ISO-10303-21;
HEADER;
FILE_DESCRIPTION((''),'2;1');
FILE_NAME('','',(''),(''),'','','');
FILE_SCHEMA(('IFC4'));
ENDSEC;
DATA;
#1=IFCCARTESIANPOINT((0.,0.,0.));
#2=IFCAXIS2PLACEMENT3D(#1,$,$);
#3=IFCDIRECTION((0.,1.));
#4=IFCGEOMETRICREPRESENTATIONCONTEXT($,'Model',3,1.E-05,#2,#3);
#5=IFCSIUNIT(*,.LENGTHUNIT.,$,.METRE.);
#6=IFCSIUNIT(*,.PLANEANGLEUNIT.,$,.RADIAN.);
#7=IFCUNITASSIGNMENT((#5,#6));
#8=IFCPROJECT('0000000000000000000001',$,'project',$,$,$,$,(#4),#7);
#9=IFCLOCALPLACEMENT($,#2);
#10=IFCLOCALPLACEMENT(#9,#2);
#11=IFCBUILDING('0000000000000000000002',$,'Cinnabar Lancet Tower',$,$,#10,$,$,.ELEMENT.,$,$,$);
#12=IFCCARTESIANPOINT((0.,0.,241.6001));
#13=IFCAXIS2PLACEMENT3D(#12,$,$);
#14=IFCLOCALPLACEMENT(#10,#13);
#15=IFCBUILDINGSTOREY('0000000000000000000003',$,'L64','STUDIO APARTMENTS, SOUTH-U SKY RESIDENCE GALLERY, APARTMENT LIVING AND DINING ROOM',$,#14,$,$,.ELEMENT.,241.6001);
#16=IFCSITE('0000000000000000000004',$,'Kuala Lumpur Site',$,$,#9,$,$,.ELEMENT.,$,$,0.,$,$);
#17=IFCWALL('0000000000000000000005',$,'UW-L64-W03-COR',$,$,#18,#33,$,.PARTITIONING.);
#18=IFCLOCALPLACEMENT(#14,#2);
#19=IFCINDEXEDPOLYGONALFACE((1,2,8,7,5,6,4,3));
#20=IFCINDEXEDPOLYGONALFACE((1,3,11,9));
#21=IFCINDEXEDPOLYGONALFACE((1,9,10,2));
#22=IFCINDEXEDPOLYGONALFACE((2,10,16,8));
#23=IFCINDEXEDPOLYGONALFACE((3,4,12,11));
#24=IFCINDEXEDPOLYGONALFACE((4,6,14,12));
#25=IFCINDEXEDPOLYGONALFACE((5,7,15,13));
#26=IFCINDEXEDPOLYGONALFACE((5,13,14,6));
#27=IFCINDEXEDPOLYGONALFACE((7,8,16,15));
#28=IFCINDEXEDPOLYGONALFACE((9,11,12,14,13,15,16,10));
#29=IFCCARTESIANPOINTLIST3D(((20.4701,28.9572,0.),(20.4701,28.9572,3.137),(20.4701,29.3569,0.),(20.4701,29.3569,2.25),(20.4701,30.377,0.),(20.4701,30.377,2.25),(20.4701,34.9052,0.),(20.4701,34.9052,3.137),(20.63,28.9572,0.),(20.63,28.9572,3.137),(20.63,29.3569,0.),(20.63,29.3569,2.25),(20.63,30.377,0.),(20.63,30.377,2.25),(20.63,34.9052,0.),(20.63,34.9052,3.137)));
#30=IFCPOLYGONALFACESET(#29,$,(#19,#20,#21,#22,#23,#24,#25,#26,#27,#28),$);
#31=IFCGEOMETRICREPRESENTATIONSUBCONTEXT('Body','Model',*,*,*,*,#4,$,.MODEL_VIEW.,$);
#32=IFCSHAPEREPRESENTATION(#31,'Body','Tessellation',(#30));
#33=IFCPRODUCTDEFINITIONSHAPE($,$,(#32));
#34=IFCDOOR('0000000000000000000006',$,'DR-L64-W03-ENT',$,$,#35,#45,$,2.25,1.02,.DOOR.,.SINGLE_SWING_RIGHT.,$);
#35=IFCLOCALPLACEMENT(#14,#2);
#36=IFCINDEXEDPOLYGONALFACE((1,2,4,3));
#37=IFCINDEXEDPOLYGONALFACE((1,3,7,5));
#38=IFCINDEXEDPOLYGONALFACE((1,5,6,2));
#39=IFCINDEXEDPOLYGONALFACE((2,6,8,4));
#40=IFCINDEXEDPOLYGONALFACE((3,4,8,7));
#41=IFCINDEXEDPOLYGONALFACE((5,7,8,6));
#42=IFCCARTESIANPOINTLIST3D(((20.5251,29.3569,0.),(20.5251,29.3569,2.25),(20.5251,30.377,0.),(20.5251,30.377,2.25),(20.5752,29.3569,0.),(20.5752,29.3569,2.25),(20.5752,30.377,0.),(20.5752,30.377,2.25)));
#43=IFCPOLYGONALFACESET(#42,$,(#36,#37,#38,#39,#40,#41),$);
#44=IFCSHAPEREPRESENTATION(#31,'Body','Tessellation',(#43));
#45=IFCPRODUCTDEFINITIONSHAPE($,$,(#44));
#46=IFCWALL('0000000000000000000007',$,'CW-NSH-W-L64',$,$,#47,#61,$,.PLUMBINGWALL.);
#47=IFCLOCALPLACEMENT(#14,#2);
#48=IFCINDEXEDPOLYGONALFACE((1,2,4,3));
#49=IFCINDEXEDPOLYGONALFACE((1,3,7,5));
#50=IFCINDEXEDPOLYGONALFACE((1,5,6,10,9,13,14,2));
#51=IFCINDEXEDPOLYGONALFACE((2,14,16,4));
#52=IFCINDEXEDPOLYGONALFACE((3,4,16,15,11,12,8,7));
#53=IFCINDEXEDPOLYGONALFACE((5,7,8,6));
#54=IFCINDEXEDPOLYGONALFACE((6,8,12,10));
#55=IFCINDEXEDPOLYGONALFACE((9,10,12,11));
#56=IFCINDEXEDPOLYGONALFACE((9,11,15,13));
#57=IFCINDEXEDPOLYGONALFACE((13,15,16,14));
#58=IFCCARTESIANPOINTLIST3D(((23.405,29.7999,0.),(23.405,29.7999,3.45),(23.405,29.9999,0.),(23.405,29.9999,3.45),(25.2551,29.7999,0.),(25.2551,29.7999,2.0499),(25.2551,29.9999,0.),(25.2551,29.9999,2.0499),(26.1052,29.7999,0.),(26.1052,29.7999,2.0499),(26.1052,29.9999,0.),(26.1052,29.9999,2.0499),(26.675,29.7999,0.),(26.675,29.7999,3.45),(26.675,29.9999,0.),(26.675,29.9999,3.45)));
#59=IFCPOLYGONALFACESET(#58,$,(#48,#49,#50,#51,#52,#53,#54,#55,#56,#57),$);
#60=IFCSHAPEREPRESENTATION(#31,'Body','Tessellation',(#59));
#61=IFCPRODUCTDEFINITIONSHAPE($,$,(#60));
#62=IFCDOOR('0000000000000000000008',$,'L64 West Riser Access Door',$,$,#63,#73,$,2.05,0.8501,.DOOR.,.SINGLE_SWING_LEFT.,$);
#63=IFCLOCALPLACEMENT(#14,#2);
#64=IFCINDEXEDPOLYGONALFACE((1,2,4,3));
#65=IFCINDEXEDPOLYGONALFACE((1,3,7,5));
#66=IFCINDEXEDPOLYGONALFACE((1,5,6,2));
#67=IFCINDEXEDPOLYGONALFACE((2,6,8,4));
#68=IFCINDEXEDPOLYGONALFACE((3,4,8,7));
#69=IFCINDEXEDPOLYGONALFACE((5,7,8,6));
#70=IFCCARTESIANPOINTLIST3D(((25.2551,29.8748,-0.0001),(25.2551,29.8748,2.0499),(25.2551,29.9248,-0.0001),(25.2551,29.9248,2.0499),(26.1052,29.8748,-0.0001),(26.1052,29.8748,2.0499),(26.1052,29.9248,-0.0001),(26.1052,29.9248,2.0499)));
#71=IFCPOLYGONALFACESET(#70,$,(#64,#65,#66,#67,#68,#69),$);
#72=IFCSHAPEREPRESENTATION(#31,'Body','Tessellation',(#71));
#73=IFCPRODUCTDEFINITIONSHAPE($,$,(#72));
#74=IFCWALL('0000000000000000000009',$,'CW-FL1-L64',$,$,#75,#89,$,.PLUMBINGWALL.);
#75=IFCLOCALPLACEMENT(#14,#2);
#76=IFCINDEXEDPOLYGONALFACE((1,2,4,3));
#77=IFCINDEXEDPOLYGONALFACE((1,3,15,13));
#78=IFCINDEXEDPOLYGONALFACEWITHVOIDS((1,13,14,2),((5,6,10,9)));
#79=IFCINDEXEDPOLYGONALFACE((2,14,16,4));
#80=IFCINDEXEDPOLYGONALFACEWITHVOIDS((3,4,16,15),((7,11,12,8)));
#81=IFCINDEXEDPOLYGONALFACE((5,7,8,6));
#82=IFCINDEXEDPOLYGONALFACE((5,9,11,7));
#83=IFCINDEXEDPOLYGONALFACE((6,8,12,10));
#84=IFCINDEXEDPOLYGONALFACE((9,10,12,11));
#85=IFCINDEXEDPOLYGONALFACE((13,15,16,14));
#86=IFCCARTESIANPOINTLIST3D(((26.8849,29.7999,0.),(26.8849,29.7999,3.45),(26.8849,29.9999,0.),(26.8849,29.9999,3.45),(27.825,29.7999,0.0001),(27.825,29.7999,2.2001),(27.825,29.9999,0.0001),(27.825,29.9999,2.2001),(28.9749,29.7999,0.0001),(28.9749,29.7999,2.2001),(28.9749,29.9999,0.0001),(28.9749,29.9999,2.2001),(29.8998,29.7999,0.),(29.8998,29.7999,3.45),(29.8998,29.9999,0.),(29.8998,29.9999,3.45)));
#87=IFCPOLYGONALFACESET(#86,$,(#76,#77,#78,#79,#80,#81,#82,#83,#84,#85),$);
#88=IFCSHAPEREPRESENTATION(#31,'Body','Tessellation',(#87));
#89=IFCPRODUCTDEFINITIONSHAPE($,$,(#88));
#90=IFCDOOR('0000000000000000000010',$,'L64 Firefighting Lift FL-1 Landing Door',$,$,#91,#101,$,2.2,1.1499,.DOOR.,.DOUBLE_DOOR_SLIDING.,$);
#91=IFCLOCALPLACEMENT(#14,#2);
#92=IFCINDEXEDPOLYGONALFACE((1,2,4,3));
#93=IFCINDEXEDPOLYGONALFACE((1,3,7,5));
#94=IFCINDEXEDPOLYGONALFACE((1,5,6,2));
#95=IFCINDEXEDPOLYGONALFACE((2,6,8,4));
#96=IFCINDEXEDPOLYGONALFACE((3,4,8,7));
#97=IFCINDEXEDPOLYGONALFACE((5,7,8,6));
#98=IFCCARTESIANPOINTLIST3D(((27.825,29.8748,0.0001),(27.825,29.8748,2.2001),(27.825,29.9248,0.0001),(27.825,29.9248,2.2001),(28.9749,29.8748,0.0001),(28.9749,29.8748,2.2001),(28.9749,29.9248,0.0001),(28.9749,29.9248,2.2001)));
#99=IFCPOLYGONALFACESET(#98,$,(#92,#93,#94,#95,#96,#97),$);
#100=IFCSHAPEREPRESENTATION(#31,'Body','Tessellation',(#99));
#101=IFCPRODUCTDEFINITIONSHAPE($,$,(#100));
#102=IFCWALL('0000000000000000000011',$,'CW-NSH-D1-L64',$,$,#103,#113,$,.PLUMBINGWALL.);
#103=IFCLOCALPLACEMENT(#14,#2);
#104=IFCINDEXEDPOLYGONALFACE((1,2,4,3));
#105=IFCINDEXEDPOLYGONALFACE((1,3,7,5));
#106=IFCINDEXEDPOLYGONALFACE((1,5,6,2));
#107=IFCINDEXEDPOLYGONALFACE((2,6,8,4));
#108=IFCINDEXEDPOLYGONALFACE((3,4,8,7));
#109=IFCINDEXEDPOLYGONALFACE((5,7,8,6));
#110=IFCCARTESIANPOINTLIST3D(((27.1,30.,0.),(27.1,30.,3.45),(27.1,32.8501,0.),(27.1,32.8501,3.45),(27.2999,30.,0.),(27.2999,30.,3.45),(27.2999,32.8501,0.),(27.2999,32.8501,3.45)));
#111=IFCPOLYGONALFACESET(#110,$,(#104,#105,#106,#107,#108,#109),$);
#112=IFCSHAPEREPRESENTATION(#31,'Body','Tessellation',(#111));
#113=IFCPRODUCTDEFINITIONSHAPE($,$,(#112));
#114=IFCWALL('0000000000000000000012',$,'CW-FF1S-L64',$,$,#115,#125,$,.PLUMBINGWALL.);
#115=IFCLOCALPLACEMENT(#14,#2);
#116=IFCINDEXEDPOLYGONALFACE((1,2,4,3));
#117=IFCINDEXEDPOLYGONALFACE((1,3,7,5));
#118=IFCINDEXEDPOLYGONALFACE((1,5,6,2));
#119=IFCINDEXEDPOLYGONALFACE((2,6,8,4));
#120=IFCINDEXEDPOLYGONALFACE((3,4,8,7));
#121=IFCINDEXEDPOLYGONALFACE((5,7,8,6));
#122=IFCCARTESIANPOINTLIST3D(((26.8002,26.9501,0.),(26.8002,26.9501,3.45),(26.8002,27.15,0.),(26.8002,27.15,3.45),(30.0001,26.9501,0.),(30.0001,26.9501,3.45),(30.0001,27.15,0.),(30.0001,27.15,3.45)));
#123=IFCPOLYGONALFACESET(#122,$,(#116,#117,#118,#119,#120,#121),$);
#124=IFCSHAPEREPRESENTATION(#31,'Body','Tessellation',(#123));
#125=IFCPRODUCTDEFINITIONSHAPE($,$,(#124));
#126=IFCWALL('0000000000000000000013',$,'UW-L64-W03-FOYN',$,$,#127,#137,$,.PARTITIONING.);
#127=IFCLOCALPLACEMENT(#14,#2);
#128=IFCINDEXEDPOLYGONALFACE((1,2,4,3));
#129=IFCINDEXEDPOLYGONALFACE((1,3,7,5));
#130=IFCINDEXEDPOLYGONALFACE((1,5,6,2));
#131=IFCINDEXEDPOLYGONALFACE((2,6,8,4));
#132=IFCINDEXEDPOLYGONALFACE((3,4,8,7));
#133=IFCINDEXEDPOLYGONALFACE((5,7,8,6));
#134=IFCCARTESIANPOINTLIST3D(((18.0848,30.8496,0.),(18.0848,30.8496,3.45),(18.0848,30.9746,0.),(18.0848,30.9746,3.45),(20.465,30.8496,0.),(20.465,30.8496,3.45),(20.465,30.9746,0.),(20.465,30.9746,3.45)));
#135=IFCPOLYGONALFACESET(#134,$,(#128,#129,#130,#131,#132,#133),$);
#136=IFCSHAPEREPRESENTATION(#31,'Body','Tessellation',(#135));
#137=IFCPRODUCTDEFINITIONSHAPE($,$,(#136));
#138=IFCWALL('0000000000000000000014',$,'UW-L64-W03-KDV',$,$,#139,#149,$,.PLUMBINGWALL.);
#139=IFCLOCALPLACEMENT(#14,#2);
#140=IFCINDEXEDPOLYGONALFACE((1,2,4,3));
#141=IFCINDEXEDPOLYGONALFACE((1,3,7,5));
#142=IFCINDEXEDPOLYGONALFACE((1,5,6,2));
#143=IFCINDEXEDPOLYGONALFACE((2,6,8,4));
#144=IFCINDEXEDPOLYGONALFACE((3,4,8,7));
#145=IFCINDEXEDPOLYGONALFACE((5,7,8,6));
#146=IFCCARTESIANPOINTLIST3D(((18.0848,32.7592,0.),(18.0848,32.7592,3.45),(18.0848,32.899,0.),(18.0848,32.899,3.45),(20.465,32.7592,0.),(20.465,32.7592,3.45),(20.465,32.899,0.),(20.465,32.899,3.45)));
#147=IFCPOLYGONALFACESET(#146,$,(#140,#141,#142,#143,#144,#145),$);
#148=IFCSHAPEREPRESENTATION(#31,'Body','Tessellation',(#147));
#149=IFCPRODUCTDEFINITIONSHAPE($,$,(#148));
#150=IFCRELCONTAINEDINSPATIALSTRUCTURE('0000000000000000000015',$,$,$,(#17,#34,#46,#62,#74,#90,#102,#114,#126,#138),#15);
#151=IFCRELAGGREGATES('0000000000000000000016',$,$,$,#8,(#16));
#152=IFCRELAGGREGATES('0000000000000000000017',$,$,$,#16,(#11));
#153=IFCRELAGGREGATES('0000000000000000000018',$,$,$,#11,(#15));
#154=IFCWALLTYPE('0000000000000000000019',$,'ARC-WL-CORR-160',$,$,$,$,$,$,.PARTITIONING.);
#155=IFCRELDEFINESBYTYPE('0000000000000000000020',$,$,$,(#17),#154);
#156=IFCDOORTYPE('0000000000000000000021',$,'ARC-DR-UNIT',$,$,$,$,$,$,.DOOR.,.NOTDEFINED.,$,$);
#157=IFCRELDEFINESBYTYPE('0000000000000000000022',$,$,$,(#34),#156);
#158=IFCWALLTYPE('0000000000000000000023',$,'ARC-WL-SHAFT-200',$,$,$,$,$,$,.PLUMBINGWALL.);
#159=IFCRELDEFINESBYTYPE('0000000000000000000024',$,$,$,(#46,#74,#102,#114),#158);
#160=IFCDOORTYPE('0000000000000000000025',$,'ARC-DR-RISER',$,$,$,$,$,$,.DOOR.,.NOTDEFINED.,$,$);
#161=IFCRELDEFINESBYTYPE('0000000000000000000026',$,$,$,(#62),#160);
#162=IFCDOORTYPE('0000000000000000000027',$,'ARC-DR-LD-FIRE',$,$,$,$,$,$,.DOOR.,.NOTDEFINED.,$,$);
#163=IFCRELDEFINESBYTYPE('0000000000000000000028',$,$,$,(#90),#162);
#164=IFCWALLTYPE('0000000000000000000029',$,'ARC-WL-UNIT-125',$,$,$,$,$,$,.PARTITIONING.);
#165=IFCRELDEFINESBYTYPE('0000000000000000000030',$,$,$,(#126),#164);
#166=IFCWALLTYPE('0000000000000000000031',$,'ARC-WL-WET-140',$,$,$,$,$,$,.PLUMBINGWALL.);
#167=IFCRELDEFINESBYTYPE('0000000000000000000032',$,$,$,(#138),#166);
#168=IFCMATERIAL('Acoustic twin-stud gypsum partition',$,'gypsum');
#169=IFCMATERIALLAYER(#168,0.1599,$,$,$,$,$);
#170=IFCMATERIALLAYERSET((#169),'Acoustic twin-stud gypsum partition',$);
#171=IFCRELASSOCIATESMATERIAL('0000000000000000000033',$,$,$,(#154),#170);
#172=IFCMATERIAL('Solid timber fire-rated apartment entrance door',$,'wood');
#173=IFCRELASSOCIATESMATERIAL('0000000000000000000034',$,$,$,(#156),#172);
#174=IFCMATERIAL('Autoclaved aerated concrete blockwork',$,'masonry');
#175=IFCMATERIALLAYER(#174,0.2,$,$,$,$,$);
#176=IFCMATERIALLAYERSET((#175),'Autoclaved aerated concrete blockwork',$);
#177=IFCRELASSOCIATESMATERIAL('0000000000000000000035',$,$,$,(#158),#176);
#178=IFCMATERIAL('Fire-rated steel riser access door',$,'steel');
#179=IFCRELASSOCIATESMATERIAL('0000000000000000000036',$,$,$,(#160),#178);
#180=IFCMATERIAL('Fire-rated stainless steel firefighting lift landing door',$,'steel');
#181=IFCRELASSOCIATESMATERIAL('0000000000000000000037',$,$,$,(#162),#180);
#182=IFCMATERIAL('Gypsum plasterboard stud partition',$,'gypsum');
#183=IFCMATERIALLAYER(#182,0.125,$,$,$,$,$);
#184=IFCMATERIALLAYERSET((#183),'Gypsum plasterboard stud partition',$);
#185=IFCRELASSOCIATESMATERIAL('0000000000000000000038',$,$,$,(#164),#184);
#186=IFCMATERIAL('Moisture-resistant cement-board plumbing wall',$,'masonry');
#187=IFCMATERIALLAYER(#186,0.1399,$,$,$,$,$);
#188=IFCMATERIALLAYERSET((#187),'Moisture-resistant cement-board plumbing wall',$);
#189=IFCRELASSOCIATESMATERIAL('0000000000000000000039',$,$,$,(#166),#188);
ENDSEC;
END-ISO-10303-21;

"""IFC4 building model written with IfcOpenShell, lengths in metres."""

from ifc_helpers import new_model, si_unit, direction, frame, frame_2d, origin, place, context, subcontext, project, spatial, rectangle, extrude, material, layer, layer_set, type_object, element, fill, save


model = new_model("IFC4")

# Units and contexts
model_context = context("Model", 3, precision=1e-05, world=origin(), true_north=direction((0.0, 1.0)))
body_context = subcontext(model_context, "Body", "Model", "MODEL_VIEW")
ifc_project = project(units=[si_unit("LENGTHUNIT", "METRE"), si_unit("PLANEANGLEUNIT", "RADIAN")], contexts=[model_context])

# Site, building, storey
site_placement = place(None, origin())
site = spatial("IfcSite", under=ifc_project, at=site_placement, Name="Kuala Lumpur Site", CompositionType="ELEMENT", RefElevation=0.0)
building_placement = place(site_placement, origin())
building = spatial("IfcBuilding", under=site, at=building_placement, Name="Cinnabar Lancet Tower", CompositionType="ELEMENT")
storey_placement = place(building_placement, frame((0.0, 0.0, 241.6001)))
storey = spatial("IfcBuildingStorey", under=building, at=storey_placement, Name="L64", Description="STUDIO APARTMENTS, SOUTH-U SKY RESIDENCE GALLERY, APARTMENT LIVING AND DINING ROOM", CompositionType="ELEMENT", Elevation=241.6001)

# Shared definitions
ifc_material_1 = material(Name="Acoustic twin-stud gypsum partition", Category="gypsum")
ifc_layer_1 = layer(ifc_material_1, 0.1599)
ifc_layer_set_1 = layer_set([ifc_layer_1], Name="Acoustic twin-stud gypsum partition")
wall_type_1 = type_object("IfcWallType", Name="ARC-WL-CORR-160", PredefinedType="PARTITIONING", material=ifc_layer_set_1)

# Walls, openings, doors
wall_1_placement = place(storey_placement, frame((20.55, 28.957, 0.0), z_axis=(0.0, 0.0, 1.0), x_axis=(0.0, 1.0, 0.0)))
wall_1 = element("IfcWall", 1, at=wall_1_placement, inside=storey, type_object=wall_type_1, Name="UW-L64-W03-COR", PredefinedType="PARTITIONING", context=body_context, shape_type="SweptSolid", body=[
    extrude(rectangle(XDim=5.948, YDim=0.1599, at=frame_2d((2.9741, 0.0))), origin(), (0.0, 0.0, 1.0), 3.137),
])
opening_1_placement = place(wall_1_placement, frame((0.3999, 0.0, 0.0)))
opening_1 = element("IfcOpeningElement", 2, at=opening_1_placement, cuts=wall_1, PredefinedType="OPENING", context=body_context, shape_type="SweptSolid", body=[
    extrude(rectangle(XDim=1.02, YDim=2.25, at=frame_2d((0.51, 1.125))), frame((0.0, 0.0898, 0.0), z_axis=(0.0, -1.0, 0.0), x_axis=(1.0, 0.0, 0.0)), (0.0, 0.0, 1.0), 0.1799),
])
ifc_material_2 = material(Name="Solid timber fire-rated apartment entrance door", Category="wood")
door_type_1 = type_object("IfcDoorType", Name="ARC-DR-UNIT", OperationType="NOTDEFINED", PredefinedType="DOOR", material=ifc_material_2)
door_1_placement = place(opening_1_placement, origin())
door_1 = element("IfcDoor", 3, at=door_1_placement, inside=storey, type_object=door_type_1, Name="DR-L64-W03-ENT", OperationType="SINGLE_SWING_RIGHT", OverallHeight=2.25, OverallWidth=1.02, PredefinedType="DOOR", context=body_context, shape_type="SweptSolid", body=[
    extrude(rectangle(XDim=1.02, YDim=2.25, at=frame_2d((0.51, 1.125))), frame((0.0, 0.0249, 0.0), z_axis=(0.0, -1.0, 0.0), x_axis=(1.0, 0.0, 0.0)), (0.0, 0.0, 1.0), 0.05),
])
fill(opening_1, door_1)
ifc_material_3 = material(Name="Autoclaved aerated concrete blockwork", Category="masonry")
ifc_layer_2 = layer(ifc_material_3, 0.2)
ifc_layer_set_2 = layer_set([ifc_layer_2], Name="Autoclaved aerated concrete blockwork")
wall_type_2 = type_object("IfcWallType", Name="ARC-WL-SHAFT-200", PredefinedType="PLUMBINGWALL", material=ifc_layer_set_2)
wall_2_placement = place(storey_placement, frame((23.405, 29.8999, 0.0), z_axis=(0.0, 0.0, 1.0), x_axis=(1.0, 0.0, 0.0)))
wall_2 = element("IfcWall", 4, at=wall_2_placement, inside=storey, type_object=wall_type_2, Name="CW-NSH-W-L64", PredefinedType="PLUMBINGWALL", context=body_context, shape_type="SweptSolid", body=[
    extrude(rectangle(XDim=3.27, YDim=0.2, at=frame_2d((1.635, 0.0))), origin(), (0.0, 0.0, 1.0), 3.45),
])
opening_2_placement = place(wall_2_placement, frame((1.8501, 0.0, 0.0)))
opening_2 = element("IfcOpeningElement", 5, at=opening_2_placement, cuts=wall_2, PredefinedType="OPENING", context=body_context, shape_type="SweptSolid", body=[
    extrude(rectangle(XDim=0.8501, YDim=2.05, at=frame_2d((0.425, 1.0249))), frame((0.0, 0.1099, 0.0), z_axis=(0.0, -1.0, 0.0), x_axis=(1.0, 0.0, 0.0)), (0.0, 0.0, 1.0), 0.22),
])
ifc_material_4 = material(Name="Fire-rated steel riser access door", Category="steel")
door_type_2 = type_object("IfcDoorType", Name="ARC-DR-RISER", OperationType="NOTDEFINED", PredefinedType="DOOR", material=ifc_material_4)
door_2_placement = place(opening_2_placement, origin())
door_2 = element("IfcDoor", 6, at=door_2_placement, inside=storey, type_object=door_type_2, Name="L64 West Riser Access Door", OperationType="SINGLE_SWING_LEFT", OverallHeight=2.05, OverallWidth=0.8501, PredefinedType="DOOR", context=body_context, shape_type="SweptSolid", body=[
    extrude(rectangle(XDim=0.8501, YDim=2.05, at=frame_2d((0.425, 1.0249))), frame((0.0, 0.0249, 0.0), z_axis=(0.0, -1.0, 0.0), x_axis=(1.0, 0.0, 0.0)), (0.0, 0.0, 1.0), 0.05),
])
fill(opening_2, door_2)
wall_3_placement = place(storey_placement, frame((26.885, 29.8999, 0.0), z_axis=(0.0, 0.0, 1.0), x_axis=(1.0, 0.0, 0.0)))
wall_3 = element("IfcWall", 7, at=wall_3_placement, inside=storey, type_object=wall_type_2, Name="CW-FL1-L64", PredefinedType="PLUMBINGWALL", context=body_context, shape_type="SweptSolid", body=[
    extrude(rectangle(XDim=3.0149, YDim=0.2, at=frame_2d((1.5073, 0.0))), origin(), (0.0, 0.0, 1.0), 3.45),
])
opening_3_placement = place(wall_3_placement, frame((0.9399, 0.0, 0.0)))
opening_3 = element("IfcOpeningElement", 8, at=opening_3_placement, cuts=wall_3, PredefinedType="OPENING", context=body_context, shape_type="SweptSolid", body=[
    extrude(rectangle(XDim=1.1499, YDim=2.2, at=frame_2d((0.575, 1.1001))), frame((0.0, 0.1099, 0.0), z_axis=(0.0, -1.0, 0.0), x_axis=(1.0, 0.0, 0.0)), (0.0, 0.0, 1.0), 0.22),
])
ifc_material_5 = material(Name="Fire-rated stainless steel firefighting lift landing door", Category="steel")
door_type_3 = type_object("IfcDoorType", Name="ARC-DR-LD-FIRE", OperationType="NOTDEFINED", PredefinedType="DOOR", material=ifc_material_5)
door_3_placement = place(opening_3_placement, origin())
door_3 = element("IfcDoor", 9, at=door_3_placement, inside=storey, type_object=door_type_3, Name="L64 Firefighting Lift FL-1 Landing Door", OperationType="DOUBLE_DOOR_SLIDING", OverallHeight=2.2, OverallWidth=1.1499, PredefinedType="DOOR", context=body_context, shape_type="SweptSolid", body=[
    extrude(rectangle(XDim=1.1499, YDim=2.2, at=frame_2d((0.575, 1.1001))), frame((0.0, 0.0249, 0.0), z_axis=(0.0, -1.0, 0.0), x_axis=(1.0, 0.0, 0.0)), (0.0, 0.0, 1.0), 0.05),
])
fill(opening_3, door_3)

# Walls
wall_4_placement = place(storey_placement, frame((27.2, 30.0, 0.0), z_axis=(0.0, 0.0, 1.0), x_axis=(0.0, 1.0, 0.0)))
element("IfcWall", 10, at=wall_4_placement, inside=storey, type_object=wall_type_2, Name="CW-NSH-D1-L64", PredefinedType="PLUMBINGWALL", context=body_context, shape_type="SweptSolid", body=[
    extrude(rectangle(XDim=2.8501, YDim=0.2, at=frame_2d((1.425, 0.0))), origin(), (0.0, 0.0, 1.0), 3.45),
])
wall_5_placement = place(storey_placement, frame((26.8, 27.05, 0.0), z_axis=(0.0, 0.0, 1.0), x_axis=(1.0, 0.0, 0.0)))
element("IfcWall", 11, at=wall_5_placement, inside=storey, type_object=wall_type_2, Name="CW-FF1S-L64", PredefinedType="PLUMBINGWALL", context=body_context, shape_type="SweptSolid", body=[
    extrude(rectangle(XDim=3.2, YDim=0.2, at=frame_2d((1.6001, 0.0))), origin(), (0.0, 0.0, 1.0), 3.45),
])
ifc_material_6 = material(Name="Gypsum plasterboard stud partition", Category="gypsum")
ifc_layer_3 = layer(ifc_material_6, 0.125)
ifc_layer_set_3 = layer_set([ifc_layer_3], Name="Gypsum plasterboard stud partition")
wall_type_3 = type_object("IfcWallType", Name="ARC-WL-UNIT-125", PredefinedType="PARTITIONING", material=ifc_layer_set_3)
wall_6_placement = place(storey_placement, frame((18.085, 30.9121, 0.0), z_axis=(0.0, 0.0, 1.0), x_axis=(1.0, 0.0, 0.0)))
element("IfcWall", 12, at=wall_6_placement, inside=storey, type_object=wall_type_3, Name="UW-L64-W03-FOYN", PredefinedType="PARTITIONING", context=body_context, shape_type="SweptSolid", body=[
    extrude(rectangle(XDim=2.3801, YDim=0.125, at=frame_2d((1.1899, 0.0))), origin(), (0.0, 0.0, 1.0), 3.45),
])
ifc_material_7 = material(Name="Moisture-resistant cement-board plumbing wall", Category="masonry")
ifc_layer_4 = layer(ifc_material_7, 0.1399)
ifc_layer_set_4 = layer_set([ifc_layer_4], Name="Moisture-resistant cement-board plumbing wall")
wall_type_4 = type_object("IfcWallType", Name="ARC-WL-WET-140", PredefinedType="PLUMBINGWALL", material=ifc_layer_set_4)
wall_7_placement = place(storey_placement, frame((18.085, 32.8291, 0.0), z_axis=(0.0, 0.0, 1.0), x_axis=(1.0, 0.0, 0.0)))
element("IfcWall", 13, at=wall_7_placement, inside=storey, type_object=wall_type_4, Name="UW-L64-W03-KDV", PredefinedType="PLUMBINGWALL", context=body_context, shape_type="SweptSolid", body=[
    extrude(rectangle(XDim=2.3801, YDim=0.1399, at=frame_2d((1.1899, 0.0))), origin(), (0.0, 0.0, 1.0), 3.45),
])

save(model, "model.ifc")
